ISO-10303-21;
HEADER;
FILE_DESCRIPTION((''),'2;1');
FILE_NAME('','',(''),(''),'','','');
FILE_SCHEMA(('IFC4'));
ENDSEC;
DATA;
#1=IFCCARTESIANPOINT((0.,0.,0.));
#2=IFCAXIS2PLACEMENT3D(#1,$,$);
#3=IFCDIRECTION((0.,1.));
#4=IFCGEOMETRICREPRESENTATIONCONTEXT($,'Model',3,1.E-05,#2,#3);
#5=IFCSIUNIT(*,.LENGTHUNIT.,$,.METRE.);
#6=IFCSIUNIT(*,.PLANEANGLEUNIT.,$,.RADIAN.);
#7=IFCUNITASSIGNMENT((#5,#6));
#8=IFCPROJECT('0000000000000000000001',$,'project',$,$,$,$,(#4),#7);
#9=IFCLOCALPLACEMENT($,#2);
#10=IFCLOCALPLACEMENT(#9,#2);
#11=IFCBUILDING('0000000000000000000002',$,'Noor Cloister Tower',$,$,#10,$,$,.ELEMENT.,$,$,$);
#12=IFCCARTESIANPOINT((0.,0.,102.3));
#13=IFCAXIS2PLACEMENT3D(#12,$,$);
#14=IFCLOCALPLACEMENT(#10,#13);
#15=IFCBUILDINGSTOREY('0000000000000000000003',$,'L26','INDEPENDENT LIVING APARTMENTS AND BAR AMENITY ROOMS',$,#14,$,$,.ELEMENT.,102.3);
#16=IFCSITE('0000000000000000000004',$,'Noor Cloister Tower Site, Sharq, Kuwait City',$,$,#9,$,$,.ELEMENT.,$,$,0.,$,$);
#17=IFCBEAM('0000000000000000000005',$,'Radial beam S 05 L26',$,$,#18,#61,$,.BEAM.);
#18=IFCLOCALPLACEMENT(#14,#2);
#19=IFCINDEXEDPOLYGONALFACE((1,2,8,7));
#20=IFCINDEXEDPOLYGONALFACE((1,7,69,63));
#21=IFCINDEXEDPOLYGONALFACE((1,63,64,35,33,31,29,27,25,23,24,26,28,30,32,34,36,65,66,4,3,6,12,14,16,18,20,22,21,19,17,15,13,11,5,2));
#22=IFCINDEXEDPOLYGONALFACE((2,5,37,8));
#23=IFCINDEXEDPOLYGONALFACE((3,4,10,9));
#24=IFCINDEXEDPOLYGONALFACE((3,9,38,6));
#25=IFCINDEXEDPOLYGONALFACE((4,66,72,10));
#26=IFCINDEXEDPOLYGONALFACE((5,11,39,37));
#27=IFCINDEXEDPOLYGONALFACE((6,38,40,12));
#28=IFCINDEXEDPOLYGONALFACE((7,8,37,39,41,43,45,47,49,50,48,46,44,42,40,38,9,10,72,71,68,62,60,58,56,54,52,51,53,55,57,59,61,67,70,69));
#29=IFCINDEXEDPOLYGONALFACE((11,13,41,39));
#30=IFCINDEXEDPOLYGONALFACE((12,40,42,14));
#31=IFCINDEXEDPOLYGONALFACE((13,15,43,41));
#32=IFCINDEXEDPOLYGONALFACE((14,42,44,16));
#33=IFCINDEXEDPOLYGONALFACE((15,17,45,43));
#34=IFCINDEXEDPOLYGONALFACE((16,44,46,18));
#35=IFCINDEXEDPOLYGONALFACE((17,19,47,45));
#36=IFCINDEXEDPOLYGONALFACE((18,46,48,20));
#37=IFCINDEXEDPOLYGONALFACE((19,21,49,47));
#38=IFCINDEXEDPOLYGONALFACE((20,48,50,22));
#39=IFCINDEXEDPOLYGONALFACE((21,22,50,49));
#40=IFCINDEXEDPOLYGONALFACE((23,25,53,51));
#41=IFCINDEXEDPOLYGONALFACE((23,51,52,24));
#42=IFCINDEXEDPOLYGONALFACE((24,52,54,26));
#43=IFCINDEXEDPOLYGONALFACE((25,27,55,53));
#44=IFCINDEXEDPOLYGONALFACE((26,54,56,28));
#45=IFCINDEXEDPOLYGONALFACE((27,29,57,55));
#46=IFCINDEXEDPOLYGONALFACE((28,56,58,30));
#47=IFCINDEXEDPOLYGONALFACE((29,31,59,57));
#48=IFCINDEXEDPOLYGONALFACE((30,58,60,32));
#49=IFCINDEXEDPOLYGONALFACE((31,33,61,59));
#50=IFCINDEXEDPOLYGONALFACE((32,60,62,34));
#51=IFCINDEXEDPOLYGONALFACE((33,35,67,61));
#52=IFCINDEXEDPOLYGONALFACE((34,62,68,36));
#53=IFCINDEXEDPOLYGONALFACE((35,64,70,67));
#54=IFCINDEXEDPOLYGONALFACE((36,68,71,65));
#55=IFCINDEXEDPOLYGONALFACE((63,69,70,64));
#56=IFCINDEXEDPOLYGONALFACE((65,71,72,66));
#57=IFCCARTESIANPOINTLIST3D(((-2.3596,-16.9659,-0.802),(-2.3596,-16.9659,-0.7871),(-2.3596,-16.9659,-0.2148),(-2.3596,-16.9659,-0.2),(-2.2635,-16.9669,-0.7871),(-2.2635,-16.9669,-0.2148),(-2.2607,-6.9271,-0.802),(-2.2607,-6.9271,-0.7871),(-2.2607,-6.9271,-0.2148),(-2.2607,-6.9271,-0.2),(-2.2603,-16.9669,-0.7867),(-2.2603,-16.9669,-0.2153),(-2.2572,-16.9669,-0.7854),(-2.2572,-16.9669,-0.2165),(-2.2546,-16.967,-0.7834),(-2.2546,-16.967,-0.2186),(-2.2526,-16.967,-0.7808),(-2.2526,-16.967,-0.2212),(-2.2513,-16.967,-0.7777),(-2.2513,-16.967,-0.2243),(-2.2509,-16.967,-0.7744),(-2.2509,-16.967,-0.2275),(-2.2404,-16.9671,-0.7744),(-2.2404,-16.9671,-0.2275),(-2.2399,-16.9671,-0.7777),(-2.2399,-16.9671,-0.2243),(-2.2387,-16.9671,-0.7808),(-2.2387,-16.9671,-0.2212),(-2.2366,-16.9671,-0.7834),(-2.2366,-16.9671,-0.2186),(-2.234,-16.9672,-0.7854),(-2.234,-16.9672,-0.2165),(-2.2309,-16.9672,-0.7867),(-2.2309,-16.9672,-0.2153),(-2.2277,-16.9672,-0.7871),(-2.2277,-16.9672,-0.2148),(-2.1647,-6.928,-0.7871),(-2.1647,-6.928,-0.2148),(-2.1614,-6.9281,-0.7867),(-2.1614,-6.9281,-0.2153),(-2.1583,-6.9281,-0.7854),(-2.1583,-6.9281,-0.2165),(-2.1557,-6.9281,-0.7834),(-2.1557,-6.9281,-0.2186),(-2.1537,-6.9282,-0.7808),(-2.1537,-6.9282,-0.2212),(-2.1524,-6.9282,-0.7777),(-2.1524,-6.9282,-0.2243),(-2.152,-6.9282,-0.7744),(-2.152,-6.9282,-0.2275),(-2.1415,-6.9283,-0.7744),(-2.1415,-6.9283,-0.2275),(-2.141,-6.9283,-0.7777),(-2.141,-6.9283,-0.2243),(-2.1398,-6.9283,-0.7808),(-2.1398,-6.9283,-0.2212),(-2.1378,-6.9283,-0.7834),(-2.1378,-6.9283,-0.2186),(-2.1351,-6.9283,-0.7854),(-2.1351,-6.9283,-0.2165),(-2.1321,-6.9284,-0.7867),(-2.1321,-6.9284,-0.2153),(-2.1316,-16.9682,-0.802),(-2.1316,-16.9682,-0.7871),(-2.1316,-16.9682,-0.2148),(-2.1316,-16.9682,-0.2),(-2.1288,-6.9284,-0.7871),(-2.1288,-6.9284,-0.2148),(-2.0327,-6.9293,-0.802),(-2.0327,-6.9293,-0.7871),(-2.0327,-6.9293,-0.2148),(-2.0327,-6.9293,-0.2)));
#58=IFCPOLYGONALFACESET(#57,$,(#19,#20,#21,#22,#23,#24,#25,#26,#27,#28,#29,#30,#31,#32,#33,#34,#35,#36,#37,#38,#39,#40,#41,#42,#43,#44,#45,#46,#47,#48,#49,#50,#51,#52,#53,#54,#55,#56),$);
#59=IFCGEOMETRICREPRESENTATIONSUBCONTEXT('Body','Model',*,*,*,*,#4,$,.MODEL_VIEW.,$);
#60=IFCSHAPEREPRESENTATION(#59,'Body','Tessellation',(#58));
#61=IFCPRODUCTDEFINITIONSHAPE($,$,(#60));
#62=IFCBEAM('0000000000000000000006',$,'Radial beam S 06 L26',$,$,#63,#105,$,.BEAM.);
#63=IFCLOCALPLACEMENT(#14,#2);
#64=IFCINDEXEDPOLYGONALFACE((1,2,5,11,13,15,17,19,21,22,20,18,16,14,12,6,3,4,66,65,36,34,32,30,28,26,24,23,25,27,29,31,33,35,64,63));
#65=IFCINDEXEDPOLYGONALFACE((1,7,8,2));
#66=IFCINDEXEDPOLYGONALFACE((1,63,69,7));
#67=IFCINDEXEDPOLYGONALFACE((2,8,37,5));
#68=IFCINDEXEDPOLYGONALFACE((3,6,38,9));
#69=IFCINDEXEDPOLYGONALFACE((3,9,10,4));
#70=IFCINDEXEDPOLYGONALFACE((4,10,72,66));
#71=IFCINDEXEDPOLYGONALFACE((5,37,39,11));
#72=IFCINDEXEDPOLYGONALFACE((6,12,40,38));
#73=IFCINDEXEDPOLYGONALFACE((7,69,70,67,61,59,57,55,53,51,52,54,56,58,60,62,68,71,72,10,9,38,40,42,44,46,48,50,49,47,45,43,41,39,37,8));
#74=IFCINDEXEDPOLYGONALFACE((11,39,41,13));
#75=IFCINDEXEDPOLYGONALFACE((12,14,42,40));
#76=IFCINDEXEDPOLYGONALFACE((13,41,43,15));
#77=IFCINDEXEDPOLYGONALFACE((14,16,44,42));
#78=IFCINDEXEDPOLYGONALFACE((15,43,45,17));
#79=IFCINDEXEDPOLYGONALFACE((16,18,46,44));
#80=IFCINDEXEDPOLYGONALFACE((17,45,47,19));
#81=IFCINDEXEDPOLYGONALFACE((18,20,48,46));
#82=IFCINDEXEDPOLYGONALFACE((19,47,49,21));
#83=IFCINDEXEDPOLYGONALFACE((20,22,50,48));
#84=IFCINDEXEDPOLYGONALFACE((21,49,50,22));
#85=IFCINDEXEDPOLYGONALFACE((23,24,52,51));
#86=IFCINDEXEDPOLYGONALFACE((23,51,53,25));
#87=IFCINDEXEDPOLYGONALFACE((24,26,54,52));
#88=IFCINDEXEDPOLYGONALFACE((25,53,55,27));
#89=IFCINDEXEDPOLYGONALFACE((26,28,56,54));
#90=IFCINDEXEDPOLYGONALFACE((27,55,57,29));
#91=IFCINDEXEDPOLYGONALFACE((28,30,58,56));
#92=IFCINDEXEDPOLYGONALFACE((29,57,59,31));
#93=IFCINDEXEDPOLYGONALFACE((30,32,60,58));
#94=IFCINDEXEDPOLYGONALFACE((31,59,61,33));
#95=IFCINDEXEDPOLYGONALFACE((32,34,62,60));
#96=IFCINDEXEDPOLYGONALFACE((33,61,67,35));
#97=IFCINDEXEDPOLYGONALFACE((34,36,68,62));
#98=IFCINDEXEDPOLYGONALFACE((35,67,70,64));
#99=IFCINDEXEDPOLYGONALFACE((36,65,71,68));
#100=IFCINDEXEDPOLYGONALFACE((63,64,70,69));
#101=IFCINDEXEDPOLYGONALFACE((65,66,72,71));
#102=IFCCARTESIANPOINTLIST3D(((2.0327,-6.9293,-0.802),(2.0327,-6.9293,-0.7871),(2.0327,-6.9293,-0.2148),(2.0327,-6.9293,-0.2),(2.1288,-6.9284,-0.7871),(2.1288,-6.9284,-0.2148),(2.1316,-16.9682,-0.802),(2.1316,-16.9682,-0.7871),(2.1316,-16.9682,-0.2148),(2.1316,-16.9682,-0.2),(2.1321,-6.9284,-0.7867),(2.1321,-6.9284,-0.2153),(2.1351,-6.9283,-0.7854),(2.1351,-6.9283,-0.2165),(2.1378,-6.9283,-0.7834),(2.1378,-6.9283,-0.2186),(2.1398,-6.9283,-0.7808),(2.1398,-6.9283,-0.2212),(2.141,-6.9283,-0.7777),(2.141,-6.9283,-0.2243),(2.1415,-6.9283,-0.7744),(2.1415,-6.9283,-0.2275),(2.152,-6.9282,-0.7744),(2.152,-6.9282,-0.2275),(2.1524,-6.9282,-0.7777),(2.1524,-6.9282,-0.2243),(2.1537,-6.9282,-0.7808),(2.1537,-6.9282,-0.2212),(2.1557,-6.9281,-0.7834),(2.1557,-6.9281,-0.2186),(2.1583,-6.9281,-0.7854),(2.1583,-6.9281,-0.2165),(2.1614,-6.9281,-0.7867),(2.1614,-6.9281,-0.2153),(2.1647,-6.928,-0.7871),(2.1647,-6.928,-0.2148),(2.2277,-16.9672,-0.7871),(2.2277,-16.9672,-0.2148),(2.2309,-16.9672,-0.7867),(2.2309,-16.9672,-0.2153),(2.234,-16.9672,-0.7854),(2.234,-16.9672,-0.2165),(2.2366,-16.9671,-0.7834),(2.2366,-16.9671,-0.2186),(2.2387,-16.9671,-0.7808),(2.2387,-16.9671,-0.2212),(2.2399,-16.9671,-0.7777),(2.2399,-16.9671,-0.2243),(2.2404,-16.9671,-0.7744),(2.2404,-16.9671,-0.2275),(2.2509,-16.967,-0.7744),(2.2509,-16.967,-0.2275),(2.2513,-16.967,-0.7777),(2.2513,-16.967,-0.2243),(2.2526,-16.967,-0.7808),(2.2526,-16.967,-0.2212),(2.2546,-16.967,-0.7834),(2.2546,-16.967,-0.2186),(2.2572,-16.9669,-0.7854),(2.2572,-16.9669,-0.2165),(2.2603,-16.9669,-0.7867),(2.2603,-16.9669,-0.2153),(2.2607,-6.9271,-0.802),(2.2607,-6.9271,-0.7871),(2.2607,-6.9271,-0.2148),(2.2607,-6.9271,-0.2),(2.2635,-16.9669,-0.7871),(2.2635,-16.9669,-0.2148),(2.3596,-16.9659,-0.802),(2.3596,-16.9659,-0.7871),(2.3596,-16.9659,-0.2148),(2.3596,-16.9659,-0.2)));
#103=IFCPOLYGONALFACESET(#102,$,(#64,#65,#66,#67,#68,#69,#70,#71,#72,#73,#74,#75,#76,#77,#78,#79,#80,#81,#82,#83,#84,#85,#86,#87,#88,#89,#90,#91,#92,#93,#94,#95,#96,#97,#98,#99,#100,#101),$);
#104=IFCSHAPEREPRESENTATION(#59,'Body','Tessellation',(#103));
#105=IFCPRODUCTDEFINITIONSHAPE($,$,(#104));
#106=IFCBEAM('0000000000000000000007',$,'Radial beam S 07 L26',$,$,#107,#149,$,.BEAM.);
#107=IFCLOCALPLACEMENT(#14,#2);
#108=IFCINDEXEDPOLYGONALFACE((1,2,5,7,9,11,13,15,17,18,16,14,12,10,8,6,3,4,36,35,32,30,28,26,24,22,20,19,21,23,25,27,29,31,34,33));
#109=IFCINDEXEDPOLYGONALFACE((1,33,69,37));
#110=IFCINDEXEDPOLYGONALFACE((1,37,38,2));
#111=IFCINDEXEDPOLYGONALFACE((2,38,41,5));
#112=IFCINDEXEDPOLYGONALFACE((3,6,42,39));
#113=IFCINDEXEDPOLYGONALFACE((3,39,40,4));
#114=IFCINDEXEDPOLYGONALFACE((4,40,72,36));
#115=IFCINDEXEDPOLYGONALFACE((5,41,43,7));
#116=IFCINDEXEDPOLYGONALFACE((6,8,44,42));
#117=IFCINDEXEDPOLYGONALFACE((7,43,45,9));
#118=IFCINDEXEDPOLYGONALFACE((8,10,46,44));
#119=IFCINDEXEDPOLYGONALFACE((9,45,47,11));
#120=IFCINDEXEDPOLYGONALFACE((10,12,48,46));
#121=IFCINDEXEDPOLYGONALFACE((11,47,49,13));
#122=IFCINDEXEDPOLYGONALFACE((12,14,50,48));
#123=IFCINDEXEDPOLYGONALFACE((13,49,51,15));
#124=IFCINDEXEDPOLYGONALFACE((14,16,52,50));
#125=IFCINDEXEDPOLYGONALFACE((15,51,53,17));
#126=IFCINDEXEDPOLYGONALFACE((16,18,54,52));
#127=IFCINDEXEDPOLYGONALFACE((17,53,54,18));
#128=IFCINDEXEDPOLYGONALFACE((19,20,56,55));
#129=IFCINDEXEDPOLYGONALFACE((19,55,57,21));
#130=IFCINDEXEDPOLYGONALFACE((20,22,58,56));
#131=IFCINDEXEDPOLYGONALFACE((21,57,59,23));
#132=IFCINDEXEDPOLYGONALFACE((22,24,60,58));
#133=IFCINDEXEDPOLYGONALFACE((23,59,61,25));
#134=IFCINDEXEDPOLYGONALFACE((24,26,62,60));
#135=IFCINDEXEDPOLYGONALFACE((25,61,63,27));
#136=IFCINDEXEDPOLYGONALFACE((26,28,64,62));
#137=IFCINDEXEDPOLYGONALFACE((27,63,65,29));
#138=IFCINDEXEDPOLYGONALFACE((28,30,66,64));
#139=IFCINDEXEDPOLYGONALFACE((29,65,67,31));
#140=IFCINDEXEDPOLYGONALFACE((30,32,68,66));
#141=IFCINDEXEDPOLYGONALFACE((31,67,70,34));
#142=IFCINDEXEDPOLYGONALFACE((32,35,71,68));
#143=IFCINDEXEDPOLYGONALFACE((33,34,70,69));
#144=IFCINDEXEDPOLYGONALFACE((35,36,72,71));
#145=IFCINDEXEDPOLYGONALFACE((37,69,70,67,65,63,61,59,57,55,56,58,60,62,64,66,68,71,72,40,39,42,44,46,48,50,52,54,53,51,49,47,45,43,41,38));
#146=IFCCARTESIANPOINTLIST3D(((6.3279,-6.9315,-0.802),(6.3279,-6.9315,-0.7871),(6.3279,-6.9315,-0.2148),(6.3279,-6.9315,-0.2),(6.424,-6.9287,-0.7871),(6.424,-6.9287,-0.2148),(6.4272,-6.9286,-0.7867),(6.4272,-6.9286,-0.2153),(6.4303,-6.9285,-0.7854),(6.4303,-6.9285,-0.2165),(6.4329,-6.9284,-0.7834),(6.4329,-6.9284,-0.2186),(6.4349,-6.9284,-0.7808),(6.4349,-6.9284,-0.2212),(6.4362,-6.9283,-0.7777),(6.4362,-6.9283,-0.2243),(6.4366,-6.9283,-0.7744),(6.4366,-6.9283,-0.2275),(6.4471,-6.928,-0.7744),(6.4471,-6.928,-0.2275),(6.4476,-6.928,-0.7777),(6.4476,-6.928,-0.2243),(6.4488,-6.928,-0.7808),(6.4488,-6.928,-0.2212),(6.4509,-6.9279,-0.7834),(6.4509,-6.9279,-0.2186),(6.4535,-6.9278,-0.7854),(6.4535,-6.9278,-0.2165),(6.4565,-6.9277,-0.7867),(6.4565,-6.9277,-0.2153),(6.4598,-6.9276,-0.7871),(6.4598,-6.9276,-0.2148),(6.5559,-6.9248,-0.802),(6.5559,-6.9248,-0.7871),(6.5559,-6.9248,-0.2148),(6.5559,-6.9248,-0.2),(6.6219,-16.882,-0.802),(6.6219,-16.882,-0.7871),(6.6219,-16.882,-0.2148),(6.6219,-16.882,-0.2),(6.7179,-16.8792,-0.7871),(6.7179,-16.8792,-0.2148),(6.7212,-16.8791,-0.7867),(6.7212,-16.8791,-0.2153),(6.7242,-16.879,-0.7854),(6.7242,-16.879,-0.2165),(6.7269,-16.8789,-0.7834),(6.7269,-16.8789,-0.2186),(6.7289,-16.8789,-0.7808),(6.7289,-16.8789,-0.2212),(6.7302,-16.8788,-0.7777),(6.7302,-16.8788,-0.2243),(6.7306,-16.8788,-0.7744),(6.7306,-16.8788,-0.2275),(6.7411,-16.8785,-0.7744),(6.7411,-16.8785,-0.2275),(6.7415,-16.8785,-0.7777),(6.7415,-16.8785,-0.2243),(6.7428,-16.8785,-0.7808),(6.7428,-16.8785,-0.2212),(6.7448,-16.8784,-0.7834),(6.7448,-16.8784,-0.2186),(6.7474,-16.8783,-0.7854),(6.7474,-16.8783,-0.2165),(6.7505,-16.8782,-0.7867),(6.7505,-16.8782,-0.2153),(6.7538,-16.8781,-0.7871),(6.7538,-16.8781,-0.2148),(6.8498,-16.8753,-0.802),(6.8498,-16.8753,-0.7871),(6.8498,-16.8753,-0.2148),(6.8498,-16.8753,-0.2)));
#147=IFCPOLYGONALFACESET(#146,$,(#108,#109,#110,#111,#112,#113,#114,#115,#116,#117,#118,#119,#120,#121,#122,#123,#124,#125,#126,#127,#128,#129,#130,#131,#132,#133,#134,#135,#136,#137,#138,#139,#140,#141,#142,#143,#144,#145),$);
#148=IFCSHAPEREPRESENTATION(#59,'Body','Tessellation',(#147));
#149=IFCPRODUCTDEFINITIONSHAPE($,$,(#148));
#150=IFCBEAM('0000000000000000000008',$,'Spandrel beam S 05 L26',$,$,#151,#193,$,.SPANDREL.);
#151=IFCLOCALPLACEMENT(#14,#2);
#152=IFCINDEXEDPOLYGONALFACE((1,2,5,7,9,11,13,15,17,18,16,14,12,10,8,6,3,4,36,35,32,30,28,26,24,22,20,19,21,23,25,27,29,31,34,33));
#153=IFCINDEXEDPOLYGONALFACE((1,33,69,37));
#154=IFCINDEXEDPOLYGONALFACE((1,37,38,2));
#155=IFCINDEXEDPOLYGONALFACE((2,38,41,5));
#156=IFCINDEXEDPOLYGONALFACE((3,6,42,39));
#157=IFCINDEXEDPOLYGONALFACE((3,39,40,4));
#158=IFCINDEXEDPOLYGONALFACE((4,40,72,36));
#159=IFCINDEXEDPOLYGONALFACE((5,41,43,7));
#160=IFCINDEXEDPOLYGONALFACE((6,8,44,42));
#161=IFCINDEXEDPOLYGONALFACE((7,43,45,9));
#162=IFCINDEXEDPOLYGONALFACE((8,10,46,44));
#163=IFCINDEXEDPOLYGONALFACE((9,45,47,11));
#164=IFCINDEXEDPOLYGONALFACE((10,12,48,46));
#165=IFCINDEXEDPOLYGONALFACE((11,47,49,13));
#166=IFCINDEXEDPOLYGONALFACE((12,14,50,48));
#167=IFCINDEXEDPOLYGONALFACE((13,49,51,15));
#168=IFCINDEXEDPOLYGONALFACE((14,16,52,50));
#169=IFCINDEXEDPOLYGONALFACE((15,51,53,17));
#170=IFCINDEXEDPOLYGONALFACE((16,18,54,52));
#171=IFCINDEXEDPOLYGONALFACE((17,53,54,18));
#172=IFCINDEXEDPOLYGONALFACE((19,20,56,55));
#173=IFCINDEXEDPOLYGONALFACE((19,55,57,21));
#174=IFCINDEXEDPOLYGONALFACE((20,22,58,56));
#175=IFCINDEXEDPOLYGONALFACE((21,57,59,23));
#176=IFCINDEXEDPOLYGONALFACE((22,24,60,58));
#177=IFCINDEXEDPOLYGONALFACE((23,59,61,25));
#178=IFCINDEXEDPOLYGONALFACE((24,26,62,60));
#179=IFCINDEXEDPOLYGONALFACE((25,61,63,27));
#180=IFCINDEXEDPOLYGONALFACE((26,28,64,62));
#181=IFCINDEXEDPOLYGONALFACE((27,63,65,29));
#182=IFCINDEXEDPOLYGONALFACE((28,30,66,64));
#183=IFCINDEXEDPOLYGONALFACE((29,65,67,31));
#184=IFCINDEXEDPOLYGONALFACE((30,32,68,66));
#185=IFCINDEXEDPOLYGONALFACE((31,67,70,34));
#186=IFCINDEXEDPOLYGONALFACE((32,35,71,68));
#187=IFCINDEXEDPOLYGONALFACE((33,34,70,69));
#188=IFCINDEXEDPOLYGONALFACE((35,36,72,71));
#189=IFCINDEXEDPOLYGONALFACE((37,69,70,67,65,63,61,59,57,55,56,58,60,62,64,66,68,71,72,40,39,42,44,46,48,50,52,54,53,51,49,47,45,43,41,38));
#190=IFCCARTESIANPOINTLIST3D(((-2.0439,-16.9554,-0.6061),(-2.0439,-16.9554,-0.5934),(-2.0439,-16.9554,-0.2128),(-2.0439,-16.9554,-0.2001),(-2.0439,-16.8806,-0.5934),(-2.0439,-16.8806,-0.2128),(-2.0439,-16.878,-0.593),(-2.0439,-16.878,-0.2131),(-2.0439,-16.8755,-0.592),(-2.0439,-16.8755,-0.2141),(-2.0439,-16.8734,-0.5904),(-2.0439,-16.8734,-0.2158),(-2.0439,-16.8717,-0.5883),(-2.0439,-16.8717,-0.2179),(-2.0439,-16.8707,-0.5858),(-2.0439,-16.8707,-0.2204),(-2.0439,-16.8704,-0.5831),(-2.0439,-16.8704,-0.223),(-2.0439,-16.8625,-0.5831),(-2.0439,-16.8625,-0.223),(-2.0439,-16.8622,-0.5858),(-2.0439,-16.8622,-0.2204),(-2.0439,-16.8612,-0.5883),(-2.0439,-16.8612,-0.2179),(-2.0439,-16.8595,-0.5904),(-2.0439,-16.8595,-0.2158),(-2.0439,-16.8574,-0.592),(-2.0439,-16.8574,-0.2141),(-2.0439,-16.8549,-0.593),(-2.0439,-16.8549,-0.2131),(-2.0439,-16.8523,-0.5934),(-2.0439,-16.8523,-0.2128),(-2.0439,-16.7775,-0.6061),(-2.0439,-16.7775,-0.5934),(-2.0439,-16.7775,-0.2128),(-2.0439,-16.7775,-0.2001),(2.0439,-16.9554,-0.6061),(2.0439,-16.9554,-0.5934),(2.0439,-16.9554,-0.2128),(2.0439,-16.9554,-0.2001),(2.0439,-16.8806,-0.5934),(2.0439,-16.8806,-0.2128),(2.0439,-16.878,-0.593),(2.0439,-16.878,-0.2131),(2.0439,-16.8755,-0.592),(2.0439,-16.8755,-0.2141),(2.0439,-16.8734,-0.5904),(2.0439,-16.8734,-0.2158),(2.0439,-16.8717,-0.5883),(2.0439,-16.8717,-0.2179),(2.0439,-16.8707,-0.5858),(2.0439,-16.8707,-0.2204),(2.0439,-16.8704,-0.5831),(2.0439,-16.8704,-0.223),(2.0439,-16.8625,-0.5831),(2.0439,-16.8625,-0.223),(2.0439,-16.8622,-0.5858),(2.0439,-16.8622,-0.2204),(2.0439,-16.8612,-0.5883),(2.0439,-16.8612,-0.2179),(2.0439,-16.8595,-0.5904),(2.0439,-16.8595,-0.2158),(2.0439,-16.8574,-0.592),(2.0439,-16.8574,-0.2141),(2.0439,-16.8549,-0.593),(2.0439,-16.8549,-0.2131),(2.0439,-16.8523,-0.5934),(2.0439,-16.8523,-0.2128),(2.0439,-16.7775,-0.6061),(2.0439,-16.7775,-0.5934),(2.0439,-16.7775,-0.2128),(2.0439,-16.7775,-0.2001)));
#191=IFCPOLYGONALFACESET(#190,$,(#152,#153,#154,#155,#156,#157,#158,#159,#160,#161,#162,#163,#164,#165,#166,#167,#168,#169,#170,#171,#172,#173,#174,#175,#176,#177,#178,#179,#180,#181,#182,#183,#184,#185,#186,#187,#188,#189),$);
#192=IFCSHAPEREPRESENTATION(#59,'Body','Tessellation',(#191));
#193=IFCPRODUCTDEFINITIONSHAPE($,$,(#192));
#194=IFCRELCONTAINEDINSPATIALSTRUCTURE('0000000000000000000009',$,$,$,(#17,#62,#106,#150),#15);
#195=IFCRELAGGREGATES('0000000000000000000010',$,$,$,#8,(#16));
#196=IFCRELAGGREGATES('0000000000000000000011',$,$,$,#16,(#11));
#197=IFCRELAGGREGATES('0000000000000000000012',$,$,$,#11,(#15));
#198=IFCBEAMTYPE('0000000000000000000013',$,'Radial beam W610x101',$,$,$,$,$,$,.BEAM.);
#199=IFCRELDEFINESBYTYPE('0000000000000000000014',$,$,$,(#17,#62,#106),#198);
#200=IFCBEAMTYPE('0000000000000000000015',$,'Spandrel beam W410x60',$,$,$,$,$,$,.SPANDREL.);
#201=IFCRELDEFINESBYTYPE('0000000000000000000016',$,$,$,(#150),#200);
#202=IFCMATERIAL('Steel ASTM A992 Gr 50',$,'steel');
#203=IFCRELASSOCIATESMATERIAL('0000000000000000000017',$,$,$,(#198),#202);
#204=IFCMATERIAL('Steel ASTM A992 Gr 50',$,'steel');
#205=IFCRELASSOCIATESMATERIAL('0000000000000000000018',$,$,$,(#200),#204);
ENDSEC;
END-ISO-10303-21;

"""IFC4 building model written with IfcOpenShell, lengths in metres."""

from ifc_helpers import new_model, si_unit, direction, frame, origin, origin_2d, place, context, subcontext, project, spatial, i_section, extrude, material, material_profile, profile_set, type_object, element, save


model = new_model("IFC4")

# Units and contexts
model_context = context("Model", 3, precision=1e-05, world=origin(), true_north=direction((0.0, 1.0)))
body_context = subcontext(model_context, "Body", "Model", "MODEL_VIEW")
ifc_project = project(units=[si_unit("LENGTHUNIT", "METRE"), si_unit("PLANEANGLEUNIT", "RADIAN")], contexts=[model_context])

# Site, building, storey
site_placement = place(None, origin())
site = spatial("IfcSite", under=ifc_project, at=site_placement, Name="Noor Cloister Tower Site, Sharq, Kuwait City", CompositionType="ELEMENT", RefElevation=0.0)
building_placement = place(site_placement, origin())
building = spatial("IfcBuilding", under=site, at=building_placement, Name="Noor Cloister Tower", CompositionType="ELEMENT")
storey_placement = place(building_placement, frame((0.0, 0.0, 102.3)))
storey = spatial("IfcBuildingStorey", under=building, at=storey_placement, Name="L26", Description="INDEPENDENT LIVING APARTMENTS AND BAR AMENITY ROOMS", CompositionType="ELEMENT", Elevation=102.3)

# Beams
ifc_material_1 = material(Name="Steel ASTM A992 Gr 50", Category="steel")
ifc_material_profile_1 = material_profile(ifc_material_1, i_section(OverallWidth=0.228, OverallDepth=0.6021, WebThickness=0.0105, FlangeThickness=0.0149, FilletRadius=0.0127, at=origin_2d()), Name="W610x101")
ifc_profile_set_1 = profile_set([ifc_material_profile_1], Name="Steel ASTM A992 Gr 50")
beam_type_1 = type_object("IfcBeamType", Name="Radial beam W610x101", PredefinedType="BEAM", material=ifc_profile_set_1)
for number, where, z_axis, x_axis, name in (
    (1, (-2.2456, -16.967, -0.501), (0.009849, 0.999951, 0.0), (-0.999951, 0.009849, 0.0), "Radial beam S 05 L26"),
    (2, (2.2456, -16.967, -0.501), (-0.009849, 0.999951, 0.0), (-0.999951, -0.009849, 0.0), "Radial beam S 06 L26"),
):
    element("IfcBeam", number, at=place(storey_placement, frame(where, z_axis=z_axis, x_axis=x_axis)), inside=storey, type_object=beam_type_1, Name=name, PredefinedType="BEAM", context=body_context, shape_type="SweptSolid", body=[
        extrude(i_section(OverallWidth=0.228, OverallDepth=0.6021, WebThickness=0.0105, FlangeThickness=0.0149, FilletRadius=0.0127, at=origin_2d()), origin(), (0.0, 0.0, 1.0), 10.0393),
    ])
beam_1_placement = place(storey_placement, frame((6.7358, -16.8787, -0.501), z_axis=(-0.029528, 0.999564, 0.0), x_axis=(-0.999564, -0.029528, 0.0)))
element("IfcBeam", 3, at=beam_1_placement, inside=storey, type_object=beam_type_1, Name="Radial beam S 07 L26", PredefinedType="BEAM", context=body_context, shape_type="SweptSolid", body=[
    extrude(i_section(OverallWidth=0.228, OverallDepth=0.6021, WebThickness=0.0105, FlangeThickness=0.0149, FilletRadius=0.0127, at=origin_2d()), origin(), (0.0, 0.0, 1.0), 9.9548),
])
ifc_material_2 = material(Name="Steel ASTM A992 Gr 50", Category="steel")
ifc_material_profile_2 = material_profile(ifc_material_2, i_section(OverallWidth=0.178, OverallDepth=0.406, WebThickness=0.0078, FlangeThickness=0.0127, FilletRadius=0.0103, at=origin_2d()), Name="W410x60")
ifc_profile_set_2 = profile_set([ifc_material_profile_2], Name="Steel ASTM A992 Gr 50")
beam_type_2 = type_object("IfcBeamType", Name="Spandrel beam W410x60", PredefinedType="SPANDREL", material=ifc_profile_set_2)
for number, where, z_axis, x_axis, name in (
    (4, (-2.0439, -16.8665, -0.4031), (1.0, 0.0, 0.0), (0.0, 1.0, 0.0), "Spandrel beam S 05 L26"),
):
    element("IfcBeam", number, at=place(storey_placement, frame(where, z_axis=z_axis, x_axis=x_axis)), inside=storey, type_object=beam_type_2, Name=name, PredefinedType="SPANDREL", context=body_context, shape_type="SweptSolid", body=[
        extrude(i_section(OverallWidth=0.178, OverallDepth=0.406, WebThickness=0.0078, FlangeThickness=0.0127, FilletRadius=0.0103, at=origin_2d()), origin(), (0.0, 0.0, 1.0), 4.0879),
    ])

save(model, "model.ifc")
